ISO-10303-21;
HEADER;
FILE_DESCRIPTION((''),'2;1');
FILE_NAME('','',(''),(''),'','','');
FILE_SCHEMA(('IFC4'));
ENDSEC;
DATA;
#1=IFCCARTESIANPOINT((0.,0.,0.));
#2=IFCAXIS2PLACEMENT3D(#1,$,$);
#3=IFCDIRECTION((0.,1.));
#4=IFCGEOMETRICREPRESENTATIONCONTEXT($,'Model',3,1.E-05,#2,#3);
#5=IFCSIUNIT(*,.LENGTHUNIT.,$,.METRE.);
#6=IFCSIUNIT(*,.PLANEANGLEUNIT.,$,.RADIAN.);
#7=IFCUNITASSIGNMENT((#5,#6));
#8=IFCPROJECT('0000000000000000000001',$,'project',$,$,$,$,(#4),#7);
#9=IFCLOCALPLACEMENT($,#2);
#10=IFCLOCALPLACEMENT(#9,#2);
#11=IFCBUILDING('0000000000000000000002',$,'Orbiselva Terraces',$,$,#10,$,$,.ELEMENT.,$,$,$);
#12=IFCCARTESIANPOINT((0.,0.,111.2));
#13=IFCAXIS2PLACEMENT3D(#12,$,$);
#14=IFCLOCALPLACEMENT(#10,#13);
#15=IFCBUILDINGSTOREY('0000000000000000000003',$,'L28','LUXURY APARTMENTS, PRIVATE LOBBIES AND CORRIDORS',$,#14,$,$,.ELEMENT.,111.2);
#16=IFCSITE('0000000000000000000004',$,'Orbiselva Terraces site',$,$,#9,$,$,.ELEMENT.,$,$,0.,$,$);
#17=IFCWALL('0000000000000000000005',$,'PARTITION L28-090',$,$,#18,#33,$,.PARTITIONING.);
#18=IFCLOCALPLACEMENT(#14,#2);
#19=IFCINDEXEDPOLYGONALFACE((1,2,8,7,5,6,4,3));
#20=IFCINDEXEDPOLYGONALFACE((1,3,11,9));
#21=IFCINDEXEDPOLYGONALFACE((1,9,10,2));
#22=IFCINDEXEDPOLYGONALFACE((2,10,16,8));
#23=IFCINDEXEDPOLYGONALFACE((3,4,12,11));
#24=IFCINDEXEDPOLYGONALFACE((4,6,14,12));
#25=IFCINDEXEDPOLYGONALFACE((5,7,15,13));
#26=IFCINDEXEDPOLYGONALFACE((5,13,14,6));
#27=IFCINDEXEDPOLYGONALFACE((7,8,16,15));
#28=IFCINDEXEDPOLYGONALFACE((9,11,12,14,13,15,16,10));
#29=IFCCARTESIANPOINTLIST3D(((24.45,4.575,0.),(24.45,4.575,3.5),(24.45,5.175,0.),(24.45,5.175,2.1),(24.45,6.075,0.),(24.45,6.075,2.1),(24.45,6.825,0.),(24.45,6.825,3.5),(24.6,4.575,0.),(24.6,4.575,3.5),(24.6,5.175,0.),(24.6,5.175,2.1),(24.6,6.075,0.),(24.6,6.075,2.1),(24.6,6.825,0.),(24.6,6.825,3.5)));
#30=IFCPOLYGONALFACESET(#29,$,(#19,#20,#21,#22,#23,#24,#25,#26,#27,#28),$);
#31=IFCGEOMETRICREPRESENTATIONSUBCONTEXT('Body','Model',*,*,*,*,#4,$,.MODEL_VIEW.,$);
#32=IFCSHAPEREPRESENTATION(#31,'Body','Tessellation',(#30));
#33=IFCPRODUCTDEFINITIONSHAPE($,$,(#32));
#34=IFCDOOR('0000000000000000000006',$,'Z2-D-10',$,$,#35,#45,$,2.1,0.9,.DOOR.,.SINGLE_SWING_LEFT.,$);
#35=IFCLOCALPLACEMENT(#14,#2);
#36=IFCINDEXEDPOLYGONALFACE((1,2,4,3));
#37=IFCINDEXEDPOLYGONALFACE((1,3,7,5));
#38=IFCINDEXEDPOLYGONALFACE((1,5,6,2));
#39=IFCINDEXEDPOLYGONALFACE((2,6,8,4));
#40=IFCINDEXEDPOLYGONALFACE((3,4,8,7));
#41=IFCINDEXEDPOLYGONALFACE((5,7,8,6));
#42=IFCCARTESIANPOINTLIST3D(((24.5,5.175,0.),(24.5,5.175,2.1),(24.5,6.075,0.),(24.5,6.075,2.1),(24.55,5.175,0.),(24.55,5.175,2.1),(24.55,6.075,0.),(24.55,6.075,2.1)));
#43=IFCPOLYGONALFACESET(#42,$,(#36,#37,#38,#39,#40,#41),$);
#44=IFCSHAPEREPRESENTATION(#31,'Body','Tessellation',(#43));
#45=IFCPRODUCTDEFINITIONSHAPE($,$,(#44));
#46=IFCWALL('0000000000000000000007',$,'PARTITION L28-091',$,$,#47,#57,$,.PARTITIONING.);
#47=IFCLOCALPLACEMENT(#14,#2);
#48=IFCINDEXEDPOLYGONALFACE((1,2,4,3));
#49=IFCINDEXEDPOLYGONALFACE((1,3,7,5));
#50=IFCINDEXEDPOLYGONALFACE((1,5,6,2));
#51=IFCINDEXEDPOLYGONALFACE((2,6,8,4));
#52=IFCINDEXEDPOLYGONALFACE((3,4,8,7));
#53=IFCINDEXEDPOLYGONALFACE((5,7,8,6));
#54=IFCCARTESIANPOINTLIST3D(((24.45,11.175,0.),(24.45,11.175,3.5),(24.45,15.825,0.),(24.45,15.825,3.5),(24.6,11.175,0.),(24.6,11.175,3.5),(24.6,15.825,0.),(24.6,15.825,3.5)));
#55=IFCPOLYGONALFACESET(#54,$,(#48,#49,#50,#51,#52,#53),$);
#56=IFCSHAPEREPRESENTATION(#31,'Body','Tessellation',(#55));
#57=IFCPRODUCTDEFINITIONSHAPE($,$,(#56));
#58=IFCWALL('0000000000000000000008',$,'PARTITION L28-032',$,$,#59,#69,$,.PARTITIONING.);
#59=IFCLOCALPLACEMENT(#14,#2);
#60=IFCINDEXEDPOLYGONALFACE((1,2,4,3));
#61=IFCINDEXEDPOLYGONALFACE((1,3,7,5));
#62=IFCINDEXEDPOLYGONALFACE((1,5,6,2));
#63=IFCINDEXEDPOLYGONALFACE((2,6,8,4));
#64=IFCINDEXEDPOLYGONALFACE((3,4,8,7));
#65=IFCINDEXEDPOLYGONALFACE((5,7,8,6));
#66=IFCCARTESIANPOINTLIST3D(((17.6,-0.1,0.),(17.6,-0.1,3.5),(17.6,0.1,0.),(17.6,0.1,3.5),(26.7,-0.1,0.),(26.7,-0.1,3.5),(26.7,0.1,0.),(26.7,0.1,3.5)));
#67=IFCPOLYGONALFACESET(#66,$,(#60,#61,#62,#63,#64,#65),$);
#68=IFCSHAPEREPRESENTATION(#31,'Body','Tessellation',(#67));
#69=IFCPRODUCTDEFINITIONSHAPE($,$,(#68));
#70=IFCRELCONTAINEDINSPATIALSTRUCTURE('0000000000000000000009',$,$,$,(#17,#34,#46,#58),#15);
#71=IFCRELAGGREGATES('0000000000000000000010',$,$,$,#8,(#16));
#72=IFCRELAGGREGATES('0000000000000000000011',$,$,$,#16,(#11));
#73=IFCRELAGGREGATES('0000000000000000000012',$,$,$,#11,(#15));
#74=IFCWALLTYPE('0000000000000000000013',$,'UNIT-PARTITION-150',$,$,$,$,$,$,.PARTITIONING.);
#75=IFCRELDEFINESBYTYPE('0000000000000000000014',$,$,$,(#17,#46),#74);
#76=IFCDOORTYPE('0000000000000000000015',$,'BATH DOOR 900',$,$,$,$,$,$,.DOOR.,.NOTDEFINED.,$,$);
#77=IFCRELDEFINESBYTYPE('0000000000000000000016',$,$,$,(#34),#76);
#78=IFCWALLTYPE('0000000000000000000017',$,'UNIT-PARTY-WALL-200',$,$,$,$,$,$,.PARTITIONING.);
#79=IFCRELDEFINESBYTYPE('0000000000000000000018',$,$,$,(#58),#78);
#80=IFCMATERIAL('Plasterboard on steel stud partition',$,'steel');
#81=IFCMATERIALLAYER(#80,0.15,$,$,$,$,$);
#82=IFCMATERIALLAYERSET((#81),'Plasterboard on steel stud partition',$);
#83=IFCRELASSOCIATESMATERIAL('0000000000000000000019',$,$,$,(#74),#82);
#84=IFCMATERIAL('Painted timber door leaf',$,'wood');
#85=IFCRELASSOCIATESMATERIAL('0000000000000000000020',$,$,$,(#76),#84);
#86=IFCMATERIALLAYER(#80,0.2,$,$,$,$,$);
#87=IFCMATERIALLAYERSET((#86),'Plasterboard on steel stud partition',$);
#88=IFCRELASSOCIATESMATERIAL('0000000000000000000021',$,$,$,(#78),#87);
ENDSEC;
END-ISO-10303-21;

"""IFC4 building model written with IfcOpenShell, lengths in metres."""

from ifc_helpers import new_model, si_unit, direction, frame, frame_2d, origin, place, context, subcontext, project, spatial, rectangle, extrude, material, layer, layer_set, type_object, element, fill, save


model = new_model("IFC4")

# Units and contexts
model_context = context("Model", 3, precision=1e-05, world=origin(), true_north=direction((0.0, 1.0)))
body_context = subcontext(model_context, "Body", "Model", "MODEL_VIEW")
ifc_project = project(units=[si_unit("LENGTHUNIT", "METRE"), si_unit("PLANEANGLEUNIT", "RADIAN")], contexts=[model_context])

# Site, building, storey
site_placement = place(None, origin())
site = spatial("IfcSite", under=ifc_project, at=site_placement, Name="Orbiselva Terraces site", CompositionType="ELEMENT", RefElevation=0.0)
building_placement = place(site_placement, origin())
building = spatial("IfcBuilding", under=site, at=building_placement, Name="Orbiselva Terraces", CompositionType="ELEMENT")
storey_placement = place(building_placement, frame((0.0, 0.0, 111.2)))
storey = spatial("IfcBuildingStorey", under=building, at=storey_placement, Name="L28", Description="LUXURY APARTMENTS, PRIVATE LOBBIES AND CORRIDORS", CompositionType="ELEMENT", Elevation=111.2)

# Shared definitions
ifc_material_1 = material(Name="Plasterboard on steel stud partition", Category="steel")
ifc_layer_1 = layer(ifc_material_1, 0.15)
ifc_layer_set_1 = layer_set([ifc_layer_1], Name="Plasterboard on steel stud partition")
wall_type_1 = type_object("IfcWallType", Name="UNIT-PARTITION-150", PredefinedType="PARTITIONING", material=ifc_layer_set_1)

# Shared definitions
ifc_material_2 = material(Name="Painted timber door leaf", Category="wood")
door_type_1 = type_object("IfcDoorType", Name="BATH DOOR 900", OperationType="NOTDEFINED", PredefinedType="DOOR", material=ifc_material_2)

# Wall, opening, door
wall_1_placement = place(storey_placement, frame((24.525, 4.575, 0.0), z_axis=(0.0, 0.0, 1.0), x_axis=(0.0, 1.0, 0.0)))
wall_1 = element("IfcWall", 1, at=wall_1_placement, inside=storey, type_object=wall_type_1, Name="PARTITION L28-090", PredefinedType="PARTITIONING", context=body_context, shape_type="SweptSolid", body=[
    extrude(rectangle(XDim=2.25, YDim=0.15, at=frame_2d((1.125, 0.0))), origin(), (0.0, 0.0, 1.0), 3.5),
])
opening_1_placement = place(wall_1_placement, frame((0.6, 0.0, 0.0)))
opening_1 = element("IfcOpeningElement", 2, at=opening_1_placement, cuts=wall_1, PredefinedType="OPENING", context=body_context, shape_type="SweptSolid", body=[
    extrude(rectangle(XDim=0.9, YDim=2.1, at=frame_2d((0.45, 1.05))), frame((0.0, 0.085, 0.0), z_axis=(0.0, -1.0, 0.0), x_axis=(1.0, 0.0, 0.0)), (0.0, 0.0, 1.0), 0.17),
])
door_1_placement = place(opening_1_placement, origin())
door_1 = element("IfcDoor", 3, at=door_1_placement, inside=storey, type_object=door_type_1, Name="Z2-D-10", OperationType="SINGLE_SWING_LEFT", OverallHeight=2.1, OverallWidth=0.9, PredefinedType="DOOR", context=body_context, shape_type="SweptSolid", body=[
    extrude(rectangle(XDim=0.9, YDim=2.1, at=frame_2d((0.45, 1.05))), frame((0.0, 0.025, 0.0), z_axis=(0.0, -1.0, 0.0), x_axis=(1.0, 0.0, 0.0)), (0.0, 0.0, 1.0), 0.05),
])
fill(opening_1, door_1)

# Walls
wall_2_placement = place(storey_placement, frame((24.525, 11.175, 0.0), z_axis=(0.0, 0.0, 1.0), x_axis=(0.0, 1.0, 0.0)))
element("IfcWall", 4, at=wall_2_placement, inside=storey, type_object=wall_type_1, Name="PARTITION L28-091", PredefinedType="PARTITIONING", context=body_context, shape_type="SweptSolid", body=[
    extrude(rectangle(XDim=4.65, YDim=0.15, at=frame_2d((2.325, 0.0))), origin(), (0.0, 0.0, 1.0), 3.5),
])
ifc_layer_2 = layer(ifc_material_1, 0.2)
ifc_layer_set_2 = layer_set([ifc_layer_2], Name="Plasterboard on steel stud partition")
wall_type_2 = type_object("IfcWallType", Name="UNIT-PARTY-WALL-200", PredefinedType="PARTITIONING", material=ifc_layer_set_2)
wall_3_placement = place(storey_placement, frame((17.6, 0.0, 0.0), z_axis=(0.0, 0.0, 1.0), x_axis=(1.0, 0.0, 0.0)))
element("IfcWall", 5, at=wall_3_placement, inside=storey, type_object=wall_type_2, Name="PARTITION L28-032", PredefinedType="PARTITIONING", context=body_context, shape_type="SweptSolid", body=[
    extrude(rectangle(XDim=9.1, YDim=0.2, at=frame_2d((4.55, 0.0))), origin(), (0.0, 0.0, 1.0), 3.5),
])

save(model, "model.ifc")
